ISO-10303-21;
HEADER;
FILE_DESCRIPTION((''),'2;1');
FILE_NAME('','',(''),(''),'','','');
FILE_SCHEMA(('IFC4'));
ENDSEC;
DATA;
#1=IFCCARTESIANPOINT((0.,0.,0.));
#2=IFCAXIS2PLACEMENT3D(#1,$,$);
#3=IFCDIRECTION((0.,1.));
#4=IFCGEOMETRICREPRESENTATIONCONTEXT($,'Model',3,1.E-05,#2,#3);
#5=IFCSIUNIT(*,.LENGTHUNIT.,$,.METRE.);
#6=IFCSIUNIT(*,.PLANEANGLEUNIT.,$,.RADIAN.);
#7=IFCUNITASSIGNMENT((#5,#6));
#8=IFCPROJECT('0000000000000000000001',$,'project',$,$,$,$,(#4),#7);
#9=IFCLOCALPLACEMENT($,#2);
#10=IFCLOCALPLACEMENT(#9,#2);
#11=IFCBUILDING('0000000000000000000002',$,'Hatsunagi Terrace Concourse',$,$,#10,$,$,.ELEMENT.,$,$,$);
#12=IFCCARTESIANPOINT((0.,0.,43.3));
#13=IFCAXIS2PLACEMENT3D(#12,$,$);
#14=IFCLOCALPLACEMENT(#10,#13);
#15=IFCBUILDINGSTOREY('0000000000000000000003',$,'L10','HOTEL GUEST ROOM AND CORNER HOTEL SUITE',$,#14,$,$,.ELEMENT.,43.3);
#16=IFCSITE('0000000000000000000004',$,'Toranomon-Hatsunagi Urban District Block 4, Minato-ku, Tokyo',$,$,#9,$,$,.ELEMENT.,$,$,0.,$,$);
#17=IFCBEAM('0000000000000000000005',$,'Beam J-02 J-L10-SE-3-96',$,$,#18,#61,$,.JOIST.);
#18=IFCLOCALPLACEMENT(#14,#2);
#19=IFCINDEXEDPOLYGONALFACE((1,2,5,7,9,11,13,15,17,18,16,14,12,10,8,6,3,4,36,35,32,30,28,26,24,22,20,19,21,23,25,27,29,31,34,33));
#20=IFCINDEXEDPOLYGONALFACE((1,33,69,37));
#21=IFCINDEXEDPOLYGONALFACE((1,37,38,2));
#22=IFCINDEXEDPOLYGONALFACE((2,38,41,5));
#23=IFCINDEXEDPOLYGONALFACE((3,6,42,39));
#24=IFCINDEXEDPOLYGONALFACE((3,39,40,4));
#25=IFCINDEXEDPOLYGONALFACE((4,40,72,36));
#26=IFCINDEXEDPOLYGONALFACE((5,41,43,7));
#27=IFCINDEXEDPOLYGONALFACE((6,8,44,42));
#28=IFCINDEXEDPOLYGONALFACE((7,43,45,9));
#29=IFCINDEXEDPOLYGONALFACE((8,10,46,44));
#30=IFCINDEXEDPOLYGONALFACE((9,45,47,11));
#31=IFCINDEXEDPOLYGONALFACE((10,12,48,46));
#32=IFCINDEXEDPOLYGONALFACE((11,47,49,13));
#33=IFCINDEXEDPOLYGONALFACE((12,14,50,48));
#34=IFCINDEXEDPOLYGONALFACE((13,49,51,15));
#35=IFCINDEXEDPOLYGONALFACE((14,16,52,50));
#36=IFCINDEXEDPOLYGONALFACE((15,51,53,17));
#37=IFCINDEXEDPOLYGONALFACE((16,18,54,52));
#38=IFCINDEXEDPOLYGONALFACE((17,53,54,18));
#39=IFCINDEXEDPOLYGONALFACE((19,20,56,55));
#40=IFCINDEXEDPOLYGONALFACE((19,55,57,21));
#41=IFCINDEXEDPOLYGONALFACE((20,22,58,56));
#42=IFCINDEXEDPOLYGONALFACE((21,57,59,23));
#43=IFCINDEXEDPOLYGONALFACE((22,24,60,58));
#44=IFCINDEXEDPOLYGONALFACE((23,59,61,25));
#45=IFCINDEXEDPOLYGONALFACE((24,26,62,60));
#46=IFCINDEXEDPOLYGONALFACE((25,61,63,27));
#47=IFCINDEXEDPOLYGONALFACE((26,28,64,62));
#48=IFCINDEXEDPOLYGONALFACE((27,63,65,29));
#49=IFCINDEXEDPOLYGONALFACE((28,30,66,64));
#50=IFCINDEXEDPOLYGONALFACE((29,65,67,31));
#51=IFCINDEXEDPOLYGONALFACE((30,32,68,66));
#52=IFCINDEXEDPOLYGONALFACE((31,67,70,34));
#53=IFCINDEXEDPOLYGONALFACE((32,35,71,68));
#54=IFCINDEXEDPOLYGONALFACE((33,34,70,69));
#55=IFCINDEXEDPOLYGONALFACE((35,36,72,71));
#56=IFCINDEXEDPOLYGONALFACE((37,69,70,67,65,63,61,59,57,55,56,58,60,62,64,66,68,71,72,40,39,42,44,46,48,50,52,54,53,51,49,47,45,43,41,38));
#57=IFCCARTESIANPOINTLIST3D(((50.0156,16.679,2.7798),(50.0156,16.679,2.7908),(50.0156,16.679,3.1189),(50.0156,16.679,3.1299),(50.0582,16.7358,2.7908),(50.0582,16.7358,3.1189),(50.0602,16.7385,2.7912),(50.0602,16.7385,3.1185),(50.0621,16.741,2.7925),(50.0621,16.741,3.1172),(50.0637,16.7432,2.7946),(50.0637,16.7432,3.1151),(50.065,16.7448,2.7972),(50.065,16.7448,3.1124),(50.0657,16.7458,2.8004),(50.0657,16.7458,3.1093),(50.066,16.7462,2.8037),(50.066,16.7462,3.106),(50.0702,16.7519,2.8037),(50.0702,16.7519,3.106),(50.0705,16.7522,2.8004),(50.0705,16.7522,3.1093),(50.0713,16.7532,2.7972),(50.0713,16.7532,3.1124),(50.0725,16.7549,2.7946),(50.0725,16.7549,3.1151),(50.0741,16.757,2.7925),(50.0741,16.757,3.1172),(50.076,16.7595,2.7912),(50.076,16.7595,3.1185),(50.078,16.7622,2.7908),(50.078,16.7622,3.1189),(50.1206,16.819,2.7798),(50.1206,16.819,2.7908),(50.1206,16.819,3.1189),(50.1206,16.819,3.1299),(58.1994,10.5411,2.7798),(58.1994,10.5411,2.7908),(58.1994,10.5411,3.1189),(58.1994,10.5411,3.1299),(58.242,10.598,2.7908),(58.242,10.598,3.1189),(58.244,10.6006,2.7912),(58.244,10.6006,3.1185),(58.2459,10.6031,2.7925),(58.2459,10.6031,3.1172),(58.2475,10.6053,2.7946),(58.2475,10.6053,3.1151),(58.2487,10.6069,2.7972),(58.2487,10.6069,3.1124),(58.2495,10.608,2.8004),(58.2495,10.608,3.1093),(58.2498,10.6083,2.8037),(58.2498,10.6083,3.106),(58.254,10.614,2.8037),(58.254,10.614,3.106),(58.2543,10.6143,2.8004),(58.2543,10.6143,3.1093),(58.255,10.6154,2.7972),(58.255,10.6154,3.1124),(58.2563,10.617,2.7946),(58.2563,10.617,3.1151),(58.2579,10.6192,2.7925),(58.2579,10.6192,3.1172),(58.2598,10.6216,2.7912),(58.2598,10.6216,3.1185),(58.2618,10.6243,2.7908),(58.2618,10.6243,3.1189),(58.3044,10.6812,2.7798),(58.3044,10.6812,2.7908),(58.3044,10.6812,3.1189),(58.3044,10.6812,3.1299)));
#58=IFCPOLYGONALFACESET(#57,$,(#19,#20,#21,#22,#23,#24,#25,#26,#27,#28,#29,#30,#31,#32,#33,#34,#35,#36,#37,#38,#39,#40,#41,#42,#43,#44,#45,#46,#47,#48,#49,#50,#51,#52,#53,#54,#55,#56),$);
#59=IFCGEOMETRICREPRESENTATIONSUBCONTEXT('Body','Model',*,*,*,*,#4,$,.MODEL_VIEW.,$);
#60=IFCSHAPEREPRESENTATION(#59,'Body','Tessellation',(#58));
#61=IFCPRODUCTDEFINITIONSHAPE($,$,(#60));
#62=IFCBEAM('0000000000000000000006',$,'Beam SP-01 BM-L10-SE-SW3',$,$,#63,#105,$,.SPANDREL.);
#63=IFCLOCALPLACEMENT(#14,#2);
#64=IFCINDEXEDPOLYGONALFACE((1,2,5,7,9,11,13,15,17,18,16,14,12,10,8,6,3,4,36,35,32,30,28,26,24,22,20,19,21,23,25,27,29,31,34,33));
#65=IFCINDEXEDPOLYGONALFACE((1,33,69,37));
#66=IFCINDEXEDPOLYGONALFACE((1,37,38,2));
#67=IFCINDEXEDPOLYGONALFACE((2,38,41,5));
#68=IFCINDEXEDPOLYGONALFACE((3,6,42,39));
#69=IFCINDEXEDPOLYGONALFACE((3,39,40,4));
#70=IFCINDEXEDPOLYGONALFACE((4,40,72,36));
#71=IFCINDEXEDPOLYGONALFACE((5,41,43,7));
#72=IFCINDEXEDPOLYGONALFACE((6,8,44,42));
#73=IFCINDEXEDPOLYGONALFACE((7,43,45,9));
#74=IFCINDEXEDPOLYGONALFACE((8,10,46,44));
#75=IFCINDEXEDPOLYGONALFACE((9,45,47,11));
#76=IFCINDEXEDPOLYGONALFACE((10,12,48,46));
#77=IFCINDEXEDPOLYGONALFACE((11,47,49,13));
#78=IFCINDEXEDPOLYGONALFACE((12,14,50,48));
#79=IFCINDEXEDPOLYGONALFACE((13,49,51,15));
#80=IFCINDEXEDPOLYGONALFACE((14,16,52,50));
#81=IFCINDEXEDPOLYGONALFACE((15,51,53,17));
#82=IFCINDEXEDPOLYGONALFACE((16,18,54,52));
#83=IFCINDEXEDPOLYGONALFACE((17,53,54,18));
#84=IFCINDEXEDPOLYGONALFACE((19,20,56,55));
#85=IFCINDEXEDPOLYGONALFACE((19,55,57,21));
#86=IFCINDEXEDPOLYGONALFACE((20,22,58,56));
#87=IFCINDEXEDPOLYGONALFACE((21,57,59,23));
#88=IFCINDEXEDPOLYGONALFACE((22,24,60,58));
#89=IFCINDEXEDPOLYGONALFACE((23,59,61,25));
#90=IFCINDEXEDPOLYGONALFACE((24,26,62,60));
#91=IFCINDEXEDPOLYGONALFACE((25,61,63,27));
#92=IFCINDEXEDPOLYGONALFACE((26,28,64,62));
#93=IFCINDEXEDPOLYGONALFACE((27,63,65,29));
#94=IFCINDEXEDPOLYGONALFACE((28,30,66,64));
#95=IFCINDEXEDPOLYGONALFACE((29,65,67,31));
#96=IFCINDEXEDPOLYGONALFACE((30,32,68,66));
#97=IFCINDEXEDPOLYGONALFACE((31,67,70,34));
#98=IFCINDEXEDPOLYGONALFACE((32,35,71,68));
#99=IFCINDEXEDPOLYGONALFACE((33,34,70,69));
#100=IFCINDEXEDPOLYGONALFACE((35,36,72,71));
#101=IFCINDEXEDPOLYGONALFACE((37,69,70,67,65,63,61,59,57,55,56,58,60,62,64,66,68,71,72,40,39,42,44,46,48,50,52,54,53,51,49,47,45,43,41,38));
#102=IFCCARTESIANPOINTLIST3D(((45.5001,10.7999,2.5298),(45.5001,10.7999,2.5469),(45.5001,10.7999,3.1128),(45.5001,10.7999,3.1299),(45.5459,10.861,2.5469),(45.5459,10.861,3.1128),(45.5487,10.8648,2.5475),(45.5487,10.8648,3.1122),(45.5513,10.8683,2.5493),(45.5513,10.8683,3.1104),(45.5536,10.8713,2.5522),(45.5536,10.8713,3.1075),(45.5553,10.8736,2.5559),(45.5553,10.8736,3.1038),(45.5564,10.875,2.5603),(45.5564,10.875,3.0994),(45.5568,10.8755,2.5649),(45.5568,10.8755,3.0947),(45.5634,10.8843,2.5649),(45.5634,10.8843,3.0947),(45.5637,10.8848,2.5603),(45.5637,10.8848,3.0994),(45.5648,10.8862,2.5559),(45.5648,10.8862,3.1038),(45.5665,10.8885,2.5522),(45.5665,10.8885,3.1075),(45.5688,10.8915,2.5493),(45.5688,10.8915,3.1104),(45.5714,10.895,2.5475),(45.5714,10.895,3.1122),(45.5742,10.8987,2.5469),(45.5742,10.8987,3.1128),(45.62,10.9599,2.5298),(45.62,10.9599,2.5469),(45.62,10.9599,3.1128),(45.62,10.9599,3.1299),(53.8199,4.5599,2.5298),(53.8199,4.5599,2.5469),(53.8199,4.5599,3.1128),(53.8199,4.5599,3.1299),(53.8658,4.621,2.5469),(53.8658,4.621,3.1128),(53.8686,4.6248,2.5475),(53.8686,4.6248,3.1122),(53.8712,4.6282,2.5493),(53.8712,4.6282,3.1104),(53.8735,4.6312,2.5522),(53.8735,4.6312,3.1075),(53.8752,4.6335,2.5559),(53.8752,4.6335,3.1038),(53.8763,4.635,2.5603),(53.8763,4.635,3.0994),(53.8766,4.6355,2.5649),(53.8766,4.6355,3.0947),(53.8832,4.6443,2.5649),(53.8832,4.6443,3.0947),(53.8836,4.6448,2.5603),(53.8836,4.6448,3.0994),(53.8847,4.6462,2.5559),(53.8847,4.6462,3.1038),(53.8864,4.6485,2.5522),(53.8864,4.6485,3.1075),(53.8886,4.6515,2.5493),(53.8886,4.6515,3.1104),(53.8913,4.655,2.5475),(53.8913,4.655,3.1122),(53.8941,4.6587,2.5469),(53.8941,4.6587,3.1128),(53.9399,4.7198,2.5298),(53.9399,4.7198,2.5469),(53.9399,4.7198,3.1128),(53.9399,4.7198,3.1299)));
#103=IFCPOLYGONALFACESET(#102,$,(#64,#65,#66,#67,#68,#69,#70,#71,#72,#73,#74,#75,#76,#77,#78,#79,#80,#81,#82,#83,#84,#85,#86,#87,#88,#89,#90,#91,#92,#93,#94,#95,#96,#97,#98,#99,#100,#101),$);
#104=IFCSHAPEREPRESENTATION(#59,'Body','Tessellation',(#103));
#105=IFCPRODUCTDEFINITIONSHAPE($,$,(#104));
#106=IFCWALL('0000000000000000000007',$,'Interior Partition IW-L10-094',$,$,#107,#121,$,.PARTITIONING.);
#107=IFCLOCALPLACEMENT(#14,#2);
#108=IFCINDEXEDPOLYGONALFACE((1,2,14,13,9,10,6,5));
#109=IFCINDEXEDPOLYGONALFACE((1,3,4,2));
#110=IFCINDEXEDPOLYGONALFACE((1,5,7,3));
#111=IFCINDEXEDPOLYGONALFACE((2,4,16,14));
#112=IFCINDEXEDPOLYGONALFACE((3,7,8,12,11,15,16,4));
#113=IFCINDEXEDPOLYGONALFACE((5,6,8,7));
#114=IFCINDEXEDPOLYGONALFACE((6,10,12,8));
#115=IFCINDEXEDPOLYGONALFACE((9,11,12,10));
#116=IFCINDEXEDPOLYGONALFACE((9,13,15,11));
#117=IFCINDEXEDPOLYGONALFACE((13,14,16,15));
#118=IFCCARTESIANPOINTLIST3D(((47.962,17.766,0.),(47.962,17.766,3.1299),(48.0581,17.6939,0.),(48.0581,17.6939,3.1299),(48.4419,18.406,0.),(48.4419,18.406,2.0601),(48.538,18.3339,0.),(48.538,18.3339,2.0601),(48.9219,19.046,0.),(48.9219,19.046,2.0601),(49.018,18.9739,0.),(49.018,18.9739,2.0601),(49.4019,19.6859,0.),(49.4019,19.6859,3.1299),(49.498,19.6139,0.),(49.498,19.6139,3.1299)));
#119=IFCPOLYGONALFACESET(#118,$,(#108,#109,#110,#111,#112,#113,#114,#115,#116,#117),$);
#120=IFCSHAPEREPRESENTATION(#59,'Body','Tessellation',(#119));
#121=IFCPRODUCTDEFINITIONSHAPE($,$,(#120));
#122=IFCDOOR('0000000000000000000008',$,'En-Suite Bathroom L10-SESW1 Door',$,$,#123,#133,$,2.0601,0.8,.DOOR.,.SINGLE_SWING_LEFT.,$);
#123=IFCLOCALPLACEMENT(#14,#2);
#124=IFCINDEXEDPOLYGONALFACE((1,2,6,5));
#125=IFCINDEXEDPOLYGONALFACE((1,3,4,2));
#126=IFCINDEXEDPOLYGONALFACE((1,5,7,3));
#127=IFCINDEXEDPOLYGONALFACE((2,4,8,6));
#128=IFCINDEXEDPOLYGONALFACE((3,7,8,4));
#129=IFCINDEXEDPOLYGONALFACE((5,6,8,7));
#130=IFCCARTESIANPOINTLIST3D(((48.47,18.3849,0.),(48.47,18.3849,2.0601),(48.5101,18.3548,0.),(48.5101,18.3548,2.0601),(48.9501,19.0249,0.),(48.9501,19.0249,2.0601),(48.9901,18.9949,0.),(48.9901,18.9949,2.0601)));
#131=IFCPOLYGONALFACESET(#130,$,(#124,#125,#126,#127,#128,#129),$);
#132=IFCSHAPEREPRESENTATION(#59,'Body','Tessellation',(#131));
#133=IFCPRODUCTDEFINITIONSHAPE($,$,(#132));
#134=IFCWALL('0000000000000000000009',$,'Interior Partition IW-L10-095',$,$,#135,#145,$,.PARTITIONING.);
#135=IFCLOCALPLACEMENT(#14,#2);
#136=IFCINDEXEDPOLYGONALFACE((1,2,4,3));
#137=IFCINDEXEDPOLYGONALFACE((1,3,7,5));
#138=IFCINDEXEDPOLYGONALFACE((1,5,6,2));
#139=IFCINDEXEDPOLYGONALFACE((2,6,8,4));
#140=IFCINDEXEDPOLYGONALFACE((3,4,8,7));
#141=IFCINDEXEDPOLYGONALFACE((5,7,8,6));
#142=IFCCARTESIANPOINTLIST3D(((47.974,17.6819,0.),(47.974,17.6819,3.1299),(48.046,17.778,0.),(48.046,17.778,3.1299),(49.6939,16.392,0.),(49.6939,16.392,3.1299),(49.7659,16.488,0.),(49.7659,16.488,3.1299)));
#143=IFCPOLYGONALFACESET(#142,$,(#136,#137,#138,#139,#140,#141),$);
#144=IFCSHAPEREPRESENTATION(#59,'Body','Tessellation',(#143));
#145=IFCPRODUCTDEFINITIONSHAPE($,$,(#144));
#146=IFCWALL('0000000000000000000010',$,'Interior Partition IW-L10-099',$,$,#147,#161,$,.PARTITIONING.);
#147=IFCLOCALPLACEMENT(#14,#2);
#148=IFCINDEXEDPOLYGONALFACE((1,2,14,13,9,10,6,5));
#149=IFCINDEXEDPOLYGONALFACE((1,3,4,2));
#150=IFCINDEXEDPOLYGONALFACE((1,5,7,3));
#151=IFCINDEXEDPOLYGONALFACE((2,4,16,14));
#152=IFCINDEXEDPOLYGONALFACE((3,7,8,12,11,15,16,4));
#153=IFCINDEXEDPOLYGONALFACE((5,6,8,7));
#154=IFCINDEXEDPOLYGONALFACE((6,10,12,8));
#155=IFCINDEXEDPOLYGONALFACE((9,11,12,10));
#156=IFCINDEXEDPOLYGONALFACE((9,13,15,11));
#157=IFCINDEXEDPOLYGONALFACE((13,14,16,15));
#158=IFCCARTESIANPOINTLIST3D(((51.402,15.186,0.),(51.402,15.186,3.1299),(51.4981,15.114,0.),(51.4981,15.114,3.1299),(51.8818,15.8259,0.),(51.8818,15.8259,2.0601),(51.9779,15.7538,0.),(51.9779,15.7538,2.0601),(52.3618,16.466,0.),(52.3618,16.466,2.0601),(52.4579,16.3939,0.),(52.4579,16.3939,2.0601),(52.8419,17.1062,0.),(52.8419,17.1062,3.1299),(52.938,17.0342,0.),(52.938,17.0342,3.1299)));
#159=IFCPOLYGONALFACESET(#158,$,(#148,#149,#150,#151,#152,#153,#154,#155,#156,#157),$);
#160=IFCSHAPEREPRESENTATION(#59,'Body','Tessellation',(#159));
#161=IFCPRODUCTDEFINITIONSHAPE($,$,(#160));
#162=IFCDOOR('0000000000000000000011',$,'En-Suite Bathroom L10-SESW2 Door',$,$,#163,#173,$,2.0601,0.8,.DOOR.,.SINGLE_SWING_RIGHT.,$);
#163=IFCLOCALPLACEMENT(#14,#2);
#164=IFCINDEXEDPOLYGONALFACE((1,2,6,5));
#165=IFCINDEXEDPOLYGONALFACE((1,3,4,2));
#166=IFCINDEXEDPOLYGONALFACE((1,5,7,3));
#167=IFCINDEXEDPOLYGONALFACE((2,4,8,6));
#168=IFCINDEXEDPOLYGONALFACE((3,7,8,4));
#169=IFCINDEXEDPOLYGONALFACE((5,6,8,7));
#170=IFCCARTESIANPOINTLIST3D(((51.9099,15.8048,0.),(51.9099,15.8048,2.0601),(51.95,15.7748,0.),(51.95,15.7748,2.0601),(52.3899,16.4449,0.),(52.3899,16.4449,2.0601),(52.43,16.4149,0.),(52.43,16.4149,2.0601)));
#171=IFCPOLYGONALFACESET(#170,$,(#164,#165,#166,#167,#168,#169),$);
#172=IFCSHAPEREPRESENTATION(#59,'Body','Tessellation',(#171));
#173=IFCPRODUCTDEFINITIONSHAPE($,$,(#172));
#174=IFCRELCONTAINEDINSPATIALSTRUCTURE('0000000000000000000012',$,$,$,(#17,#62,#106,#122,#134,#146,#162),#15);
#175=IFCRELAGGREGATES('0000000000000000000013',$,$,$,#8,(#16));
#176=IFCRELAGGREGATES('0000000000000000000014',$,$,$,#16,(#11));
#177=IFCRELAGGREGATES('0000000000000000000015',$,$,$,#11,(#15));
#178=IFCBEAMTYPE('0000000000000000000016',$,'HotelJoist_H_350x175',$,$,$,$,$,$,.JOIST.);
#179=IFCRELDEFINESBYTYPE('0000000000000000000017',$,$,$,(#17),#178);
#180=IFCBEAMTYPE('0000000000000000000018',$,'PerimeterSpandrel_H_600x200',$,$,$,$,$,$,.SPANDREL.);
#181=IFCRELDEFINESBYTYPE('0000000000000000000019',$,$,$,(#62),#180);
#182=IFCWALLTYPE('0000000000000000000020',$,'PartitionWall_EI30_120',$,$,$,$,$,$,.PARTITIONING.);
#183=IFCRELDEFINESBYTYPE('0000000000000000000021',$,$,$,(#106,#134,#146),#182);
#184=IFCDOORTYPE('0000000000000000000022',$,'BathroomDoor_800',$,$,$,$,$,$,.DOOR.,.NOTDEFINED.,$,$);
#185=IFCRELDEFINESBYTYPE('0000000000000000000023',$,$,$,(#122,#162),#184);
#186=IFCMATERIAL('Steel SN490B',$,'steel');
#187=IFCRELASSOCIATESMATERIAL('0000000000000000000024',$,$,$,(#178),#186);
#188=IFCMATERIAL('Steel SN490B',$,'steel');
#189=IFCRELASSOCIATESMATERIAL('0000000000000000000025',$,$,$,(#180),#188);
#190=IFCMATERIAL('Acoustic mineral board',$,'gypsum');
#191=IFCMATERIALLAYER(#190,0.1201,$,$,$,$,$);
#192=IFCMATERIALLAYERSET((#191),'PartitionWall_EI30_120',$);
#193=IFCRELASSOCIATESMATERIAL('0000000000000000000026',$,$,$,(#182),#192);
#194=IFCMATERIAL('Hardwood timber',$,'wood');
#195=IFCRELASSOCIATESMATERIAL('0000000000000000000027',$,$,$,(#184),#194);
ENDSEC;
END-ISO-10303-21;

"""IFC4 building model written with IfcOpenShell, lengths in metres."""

from ifc_helpers import new_model, si_unit, direction, frame, frame_2d, origin, origin_2d, place, context, subcontext, project, spatial, rectangle, i_section, extrude, material, layer, layer_set, material_profile, profile_set, type_object, element, fill, save


model = new_model("IFC4")

# Units and contexts
model_context = context("Model", 3, precision=1e-05, world=origin(), true_north=direction((0.0, 1.0)))
body_context = subcontext(model_context, "Body", "Model", "MODEL_VIEW")
ifc_project = project(units=[si_unit("LENGTHUNIT", "METRE"), si_unit("PLANEANGLEUNIT", "RADIAN")], contexts=[model_context])

# Site, building, storey
site_placement = place(None, origin())
site = spatial("IfcSite", under=ifc_project, at=site_placement, Name="Toranomon-Hatsunagi Urban District Block 4, Minato-ku, Tokyo", CompositionType="ELEMENT", RefElevation=0.0)
building_placement = place(site_placement, origin())
building = spatial("IfcBuilding", under=site, at=building_placement, Name="Hatsunagi Terrace Concourse", CompositionType="ELEMENT")
storey_placement = place(building_placement, frame((0.0, 0.0, 43.3)))
storey = spatial("IfcBuildingStorey", under=building, at=storey_placement, Name="L10", Description="HOTEL GUEST ROOM AND CORNER HOTEL SUITE", CompositionType="ELEMENT", Elevation=43.3)

# Beams
ifc_material_1 = material(Name="Steel SN490B", Category="steel")
ifc_material_profile_1 = material_profile(ifc_material_1, i_section(OverallWidth=0.175, OverallDepth=0.3501, WebThickness=0.0071, FlangeThickness=0.011, FilletRadius=0.0129, at=origin_2d()), Name="H-350x175x7x11")
ifc_profile_set_1 = profile_set([ifc_material_profile_1], Name="Steel SN490B")
beam_type_1 = type_object("IfcBeamType", Name="HotelJoist_H_350x175", PredefinedType="JOIST", material=ifc_profile_set_1)
beam_1_placement = place(storey_placement, frame((50.0681, 16.749, 2.9548), z_axis=(0.799997, -0.600004, 0.0), x_axis=(0.600004, 0.799997, 0.0)))
element("IfcBeam", 1, at=beam_1_placement, inside=storey, type_object=beam_type_1, Name="Beam J-02 J-L10-SE-3-96", PredefinedType="JOIST", context=body_context, shape_type="SweptSolid", body=[
    extrude(i_section(OverallWidth=0.175, OverallDepth=0.3501, WebThickness=0.0071, FlangeThickness=0.011, FilletRadius=0.0129, at=origin_2d()), origin(), (0.0, 0.0, 1.0), 10.2297),
])
ifc_material_2 = material(Name="Steel SN490B", Category="steel")
ifc_material_profile_2 = material_profile(ifc_material_2, i_section(OverallWidth=0.2, OverallDepth=0.6001, WebThickness=0.011, FlangeThickness=0.0171, FilletRadius=0.0181, at=origin_2d()), Name="H-600x200x11x17")
ifc_profile_set_2 = profile_set([ifc_material_profile_2], Name="Steel SN490B")
beam_type_2 = type_object("IfcBeamType", Name="PerimeterSpandrel_H_600x200", PredefinedType="SPANDREL", material=ifc_profile_set_2)
beam_2_placement = place(storey_placement, frame((45.5601, 10.8799, 2.8298), z_axis=(0.799994, -0.600008, 0.0), x_axis=(0.600008, 0.799994, 0.0)))
element("IfcBeam", 2, at=beam_2_placement, inside=storey, type_object=beam_type_2, Name="Beam SP-01 BM-L10-SE-SW3", PredefinedType="SPANDREL", context=body_context, shape_type="SweptSolid", body=[
    extrude(i_section(OverallWidth=0.2, OverallDepth=0.6001, WebThickness=0.011, FlangeThickness=0.0171, FilletRadius=0.0181, at=origin_2d()), origin(), (0.0, 0.0, 1.0), 10.3999),
])

# Wall, opening, door
ifc_material_3 = material(Name="Acoustic mineral board", Category="gypsum")
ifc_layer_1 = layer(ifc_material_3, 0.1201)
ifc_layer_set_1 = layer_set([ifc_layer_1], Name="PartitionWall_EI30_120")
wall_type_1 = type_object("IfcWallType", Name="PartitionWall_EI30_120", PredefinedType="PARTITIONING", material=ifc_layer_set_1)
wall_1_placement = place(storey_placement, frame((48.01, 17.73, 0.0), z_axis=(0.0, 0.0, 1.0), x_axis=(0.6, 0.8, 0.0)))
wall_1 = element("IfcWall", 3, at=wall_1_placement, inside=storey, type_object=wall_type_1, Name="Interior Partition IW-L10-094", PredefinedType="PARTITIONING", context=body_context, shape_type="SweptSolid", body=[
    extrude(rectangle(XDim=2.3999, YDim=0.1201, at=frame_2d((1.2, 0.0))), origin(), (0.0, 0.0, 1.0), 3.1299),
])
opening_1_placement = place(wall_1_placement, frame((0.8, 0.0, 0.0)))
opening_1 = element("IfcOpeningElement", 4, at=opening_1_placement, cuts=wall_1, PredefinedType="OPENING", context=body_context, shape_type="SweptSolid", body=[
    extrude(rectangle(XDim=0.8, YDim=2.0601, at=frame_2d((0.3999, 1.03))), frame((0.0, 0.0701, 0.0), z_axis=(0.0, -1.0, 0.0), x_axis=(1.0, 0.0, 0.0)), (0.0, 0.0, 1.0), 0.1401),
])
ifc_material_4 = material(Name="Hardwood timber", Category="wood")
door_type_1 = type_object("IfcDoorType", Name="BathroomDoor_800", OperationType="NOTDEFINED", PredefinedType="DOOR", material=ifc_material_4)
door_1_placement = place(opening_1_placement, origin())
door_1 = element("IfcDoor", 5, at=door_1_placement, inside=storey, type_object=door_type_1, Name="En-Suite Bathroom L10-SESW1 Door", OperationType="SINGLE_SWING_LEFT", OverallHeight=2.0601, OverallWidth=0.8, PredefinedType="DOOR", context=body_context, shape_type="SweptSolid", body=[
    extrude(rectangle(XDim=0.8, YDim=2.0601, at=frame_2d((0.3999, 1.03))), frame((0.0, 0.0249, 0.0), z_axis=(0.0, -1.0, 0.0), x_axis=(1.0, 0.0, 0.0)), (0.0, 0.0, 1.0), 0.05),
])
fill(opening_1, door_1)

# Wall
wall_2_placement = place(storey_placement, frame((48.01, 17.73, 0.0), z_axis=(0.0, 0.0, 1.0), x_axis=(0.799986, -0.600018, 0.0)))
element("IfcWall", 6, at=wall_2_placement, inside=storey, type_object=wall_type_1, Name="Interior Partition IW-L10-095", PredefinedType="PARTITIONING", context=body_context, shape_type="SweptSolid", body=[
    extrude(rectangle(XDim=2.1499, YDim=0.1201, at=frame_2d((1.075, 0.0))), origin(), (0.0, 0.0, 1.0), 3.1299),
])

# Wall, opening, door
wall_3_placement = place(storey_placement, frame((51.45, 15.1499, 0.0), z_axis=(0.0, 0.0, 1.0), x_axis=(0.599951, 0.800037, 0.0)))
wall_3 = element("IfcWall", 7, at=wall_3_placement, inside=storey, type_object=wall_type_1, Name="Interior Partition IW-L10-099", PredefinedType="PARTITIONING", context=body_context, shape_type="SweptSolid", body=[
    extrude(rectangle(XDim=2.4001, YDim=0.1201, at=frame_2d((1.2002, 0.0))), origin(), (0.0, 0.0, 1.0), 3.1299),
])
opening_2_placement = place(wall_3_placement, frame((0.8, 0.0, 0.0)))
opening_2 = element("IfcOpeningElement", 8, at=opening_2_placement, cuts=wall_3, PredefinedType="OPENING", context=body_context, shape_type="SweptSolid", body=[
    extrude(rectangle(XDim=0.8, YDim=2.0601, at=frame_2d((0.3999, 1.03))), frame((0.0, 0.0701, 0.0), z_axis=(0.0, -1.0, 0.0), x_axis=(1.0, 0.0, 0.0)), (0.0, 0.0, 1.0), 0.1401),
])
door_2_placement = place(opening_2_placement, origin())
door_2 = element("IfcDoor", 9, at=door_2_placement, inside=storey, type_object=door_type_1, Name="En-Suite Bathroom L10-SESW2 Door", OperationType="SINGLE_SWING_RIGHT", OverallHeight=2.0601, OverallWidth=0.8, PredefinedType="DOOR", context=body_context, shape_type="SweptSolid", body=[
    extrude(rectangle(XDim=0.8, YDim=2.0601, at=frame_2d((0.3999, 1.03))), frame((0.0, 0.0249, 0.0), z_axis=(0.0, -1.0, 0.0), x_axis=(1.0, 0.0, 0.0)), (0.0, 0.0, 1.0), 0.05),
])
fill(opening_2, door_2)

save(model, "model.ifc")
